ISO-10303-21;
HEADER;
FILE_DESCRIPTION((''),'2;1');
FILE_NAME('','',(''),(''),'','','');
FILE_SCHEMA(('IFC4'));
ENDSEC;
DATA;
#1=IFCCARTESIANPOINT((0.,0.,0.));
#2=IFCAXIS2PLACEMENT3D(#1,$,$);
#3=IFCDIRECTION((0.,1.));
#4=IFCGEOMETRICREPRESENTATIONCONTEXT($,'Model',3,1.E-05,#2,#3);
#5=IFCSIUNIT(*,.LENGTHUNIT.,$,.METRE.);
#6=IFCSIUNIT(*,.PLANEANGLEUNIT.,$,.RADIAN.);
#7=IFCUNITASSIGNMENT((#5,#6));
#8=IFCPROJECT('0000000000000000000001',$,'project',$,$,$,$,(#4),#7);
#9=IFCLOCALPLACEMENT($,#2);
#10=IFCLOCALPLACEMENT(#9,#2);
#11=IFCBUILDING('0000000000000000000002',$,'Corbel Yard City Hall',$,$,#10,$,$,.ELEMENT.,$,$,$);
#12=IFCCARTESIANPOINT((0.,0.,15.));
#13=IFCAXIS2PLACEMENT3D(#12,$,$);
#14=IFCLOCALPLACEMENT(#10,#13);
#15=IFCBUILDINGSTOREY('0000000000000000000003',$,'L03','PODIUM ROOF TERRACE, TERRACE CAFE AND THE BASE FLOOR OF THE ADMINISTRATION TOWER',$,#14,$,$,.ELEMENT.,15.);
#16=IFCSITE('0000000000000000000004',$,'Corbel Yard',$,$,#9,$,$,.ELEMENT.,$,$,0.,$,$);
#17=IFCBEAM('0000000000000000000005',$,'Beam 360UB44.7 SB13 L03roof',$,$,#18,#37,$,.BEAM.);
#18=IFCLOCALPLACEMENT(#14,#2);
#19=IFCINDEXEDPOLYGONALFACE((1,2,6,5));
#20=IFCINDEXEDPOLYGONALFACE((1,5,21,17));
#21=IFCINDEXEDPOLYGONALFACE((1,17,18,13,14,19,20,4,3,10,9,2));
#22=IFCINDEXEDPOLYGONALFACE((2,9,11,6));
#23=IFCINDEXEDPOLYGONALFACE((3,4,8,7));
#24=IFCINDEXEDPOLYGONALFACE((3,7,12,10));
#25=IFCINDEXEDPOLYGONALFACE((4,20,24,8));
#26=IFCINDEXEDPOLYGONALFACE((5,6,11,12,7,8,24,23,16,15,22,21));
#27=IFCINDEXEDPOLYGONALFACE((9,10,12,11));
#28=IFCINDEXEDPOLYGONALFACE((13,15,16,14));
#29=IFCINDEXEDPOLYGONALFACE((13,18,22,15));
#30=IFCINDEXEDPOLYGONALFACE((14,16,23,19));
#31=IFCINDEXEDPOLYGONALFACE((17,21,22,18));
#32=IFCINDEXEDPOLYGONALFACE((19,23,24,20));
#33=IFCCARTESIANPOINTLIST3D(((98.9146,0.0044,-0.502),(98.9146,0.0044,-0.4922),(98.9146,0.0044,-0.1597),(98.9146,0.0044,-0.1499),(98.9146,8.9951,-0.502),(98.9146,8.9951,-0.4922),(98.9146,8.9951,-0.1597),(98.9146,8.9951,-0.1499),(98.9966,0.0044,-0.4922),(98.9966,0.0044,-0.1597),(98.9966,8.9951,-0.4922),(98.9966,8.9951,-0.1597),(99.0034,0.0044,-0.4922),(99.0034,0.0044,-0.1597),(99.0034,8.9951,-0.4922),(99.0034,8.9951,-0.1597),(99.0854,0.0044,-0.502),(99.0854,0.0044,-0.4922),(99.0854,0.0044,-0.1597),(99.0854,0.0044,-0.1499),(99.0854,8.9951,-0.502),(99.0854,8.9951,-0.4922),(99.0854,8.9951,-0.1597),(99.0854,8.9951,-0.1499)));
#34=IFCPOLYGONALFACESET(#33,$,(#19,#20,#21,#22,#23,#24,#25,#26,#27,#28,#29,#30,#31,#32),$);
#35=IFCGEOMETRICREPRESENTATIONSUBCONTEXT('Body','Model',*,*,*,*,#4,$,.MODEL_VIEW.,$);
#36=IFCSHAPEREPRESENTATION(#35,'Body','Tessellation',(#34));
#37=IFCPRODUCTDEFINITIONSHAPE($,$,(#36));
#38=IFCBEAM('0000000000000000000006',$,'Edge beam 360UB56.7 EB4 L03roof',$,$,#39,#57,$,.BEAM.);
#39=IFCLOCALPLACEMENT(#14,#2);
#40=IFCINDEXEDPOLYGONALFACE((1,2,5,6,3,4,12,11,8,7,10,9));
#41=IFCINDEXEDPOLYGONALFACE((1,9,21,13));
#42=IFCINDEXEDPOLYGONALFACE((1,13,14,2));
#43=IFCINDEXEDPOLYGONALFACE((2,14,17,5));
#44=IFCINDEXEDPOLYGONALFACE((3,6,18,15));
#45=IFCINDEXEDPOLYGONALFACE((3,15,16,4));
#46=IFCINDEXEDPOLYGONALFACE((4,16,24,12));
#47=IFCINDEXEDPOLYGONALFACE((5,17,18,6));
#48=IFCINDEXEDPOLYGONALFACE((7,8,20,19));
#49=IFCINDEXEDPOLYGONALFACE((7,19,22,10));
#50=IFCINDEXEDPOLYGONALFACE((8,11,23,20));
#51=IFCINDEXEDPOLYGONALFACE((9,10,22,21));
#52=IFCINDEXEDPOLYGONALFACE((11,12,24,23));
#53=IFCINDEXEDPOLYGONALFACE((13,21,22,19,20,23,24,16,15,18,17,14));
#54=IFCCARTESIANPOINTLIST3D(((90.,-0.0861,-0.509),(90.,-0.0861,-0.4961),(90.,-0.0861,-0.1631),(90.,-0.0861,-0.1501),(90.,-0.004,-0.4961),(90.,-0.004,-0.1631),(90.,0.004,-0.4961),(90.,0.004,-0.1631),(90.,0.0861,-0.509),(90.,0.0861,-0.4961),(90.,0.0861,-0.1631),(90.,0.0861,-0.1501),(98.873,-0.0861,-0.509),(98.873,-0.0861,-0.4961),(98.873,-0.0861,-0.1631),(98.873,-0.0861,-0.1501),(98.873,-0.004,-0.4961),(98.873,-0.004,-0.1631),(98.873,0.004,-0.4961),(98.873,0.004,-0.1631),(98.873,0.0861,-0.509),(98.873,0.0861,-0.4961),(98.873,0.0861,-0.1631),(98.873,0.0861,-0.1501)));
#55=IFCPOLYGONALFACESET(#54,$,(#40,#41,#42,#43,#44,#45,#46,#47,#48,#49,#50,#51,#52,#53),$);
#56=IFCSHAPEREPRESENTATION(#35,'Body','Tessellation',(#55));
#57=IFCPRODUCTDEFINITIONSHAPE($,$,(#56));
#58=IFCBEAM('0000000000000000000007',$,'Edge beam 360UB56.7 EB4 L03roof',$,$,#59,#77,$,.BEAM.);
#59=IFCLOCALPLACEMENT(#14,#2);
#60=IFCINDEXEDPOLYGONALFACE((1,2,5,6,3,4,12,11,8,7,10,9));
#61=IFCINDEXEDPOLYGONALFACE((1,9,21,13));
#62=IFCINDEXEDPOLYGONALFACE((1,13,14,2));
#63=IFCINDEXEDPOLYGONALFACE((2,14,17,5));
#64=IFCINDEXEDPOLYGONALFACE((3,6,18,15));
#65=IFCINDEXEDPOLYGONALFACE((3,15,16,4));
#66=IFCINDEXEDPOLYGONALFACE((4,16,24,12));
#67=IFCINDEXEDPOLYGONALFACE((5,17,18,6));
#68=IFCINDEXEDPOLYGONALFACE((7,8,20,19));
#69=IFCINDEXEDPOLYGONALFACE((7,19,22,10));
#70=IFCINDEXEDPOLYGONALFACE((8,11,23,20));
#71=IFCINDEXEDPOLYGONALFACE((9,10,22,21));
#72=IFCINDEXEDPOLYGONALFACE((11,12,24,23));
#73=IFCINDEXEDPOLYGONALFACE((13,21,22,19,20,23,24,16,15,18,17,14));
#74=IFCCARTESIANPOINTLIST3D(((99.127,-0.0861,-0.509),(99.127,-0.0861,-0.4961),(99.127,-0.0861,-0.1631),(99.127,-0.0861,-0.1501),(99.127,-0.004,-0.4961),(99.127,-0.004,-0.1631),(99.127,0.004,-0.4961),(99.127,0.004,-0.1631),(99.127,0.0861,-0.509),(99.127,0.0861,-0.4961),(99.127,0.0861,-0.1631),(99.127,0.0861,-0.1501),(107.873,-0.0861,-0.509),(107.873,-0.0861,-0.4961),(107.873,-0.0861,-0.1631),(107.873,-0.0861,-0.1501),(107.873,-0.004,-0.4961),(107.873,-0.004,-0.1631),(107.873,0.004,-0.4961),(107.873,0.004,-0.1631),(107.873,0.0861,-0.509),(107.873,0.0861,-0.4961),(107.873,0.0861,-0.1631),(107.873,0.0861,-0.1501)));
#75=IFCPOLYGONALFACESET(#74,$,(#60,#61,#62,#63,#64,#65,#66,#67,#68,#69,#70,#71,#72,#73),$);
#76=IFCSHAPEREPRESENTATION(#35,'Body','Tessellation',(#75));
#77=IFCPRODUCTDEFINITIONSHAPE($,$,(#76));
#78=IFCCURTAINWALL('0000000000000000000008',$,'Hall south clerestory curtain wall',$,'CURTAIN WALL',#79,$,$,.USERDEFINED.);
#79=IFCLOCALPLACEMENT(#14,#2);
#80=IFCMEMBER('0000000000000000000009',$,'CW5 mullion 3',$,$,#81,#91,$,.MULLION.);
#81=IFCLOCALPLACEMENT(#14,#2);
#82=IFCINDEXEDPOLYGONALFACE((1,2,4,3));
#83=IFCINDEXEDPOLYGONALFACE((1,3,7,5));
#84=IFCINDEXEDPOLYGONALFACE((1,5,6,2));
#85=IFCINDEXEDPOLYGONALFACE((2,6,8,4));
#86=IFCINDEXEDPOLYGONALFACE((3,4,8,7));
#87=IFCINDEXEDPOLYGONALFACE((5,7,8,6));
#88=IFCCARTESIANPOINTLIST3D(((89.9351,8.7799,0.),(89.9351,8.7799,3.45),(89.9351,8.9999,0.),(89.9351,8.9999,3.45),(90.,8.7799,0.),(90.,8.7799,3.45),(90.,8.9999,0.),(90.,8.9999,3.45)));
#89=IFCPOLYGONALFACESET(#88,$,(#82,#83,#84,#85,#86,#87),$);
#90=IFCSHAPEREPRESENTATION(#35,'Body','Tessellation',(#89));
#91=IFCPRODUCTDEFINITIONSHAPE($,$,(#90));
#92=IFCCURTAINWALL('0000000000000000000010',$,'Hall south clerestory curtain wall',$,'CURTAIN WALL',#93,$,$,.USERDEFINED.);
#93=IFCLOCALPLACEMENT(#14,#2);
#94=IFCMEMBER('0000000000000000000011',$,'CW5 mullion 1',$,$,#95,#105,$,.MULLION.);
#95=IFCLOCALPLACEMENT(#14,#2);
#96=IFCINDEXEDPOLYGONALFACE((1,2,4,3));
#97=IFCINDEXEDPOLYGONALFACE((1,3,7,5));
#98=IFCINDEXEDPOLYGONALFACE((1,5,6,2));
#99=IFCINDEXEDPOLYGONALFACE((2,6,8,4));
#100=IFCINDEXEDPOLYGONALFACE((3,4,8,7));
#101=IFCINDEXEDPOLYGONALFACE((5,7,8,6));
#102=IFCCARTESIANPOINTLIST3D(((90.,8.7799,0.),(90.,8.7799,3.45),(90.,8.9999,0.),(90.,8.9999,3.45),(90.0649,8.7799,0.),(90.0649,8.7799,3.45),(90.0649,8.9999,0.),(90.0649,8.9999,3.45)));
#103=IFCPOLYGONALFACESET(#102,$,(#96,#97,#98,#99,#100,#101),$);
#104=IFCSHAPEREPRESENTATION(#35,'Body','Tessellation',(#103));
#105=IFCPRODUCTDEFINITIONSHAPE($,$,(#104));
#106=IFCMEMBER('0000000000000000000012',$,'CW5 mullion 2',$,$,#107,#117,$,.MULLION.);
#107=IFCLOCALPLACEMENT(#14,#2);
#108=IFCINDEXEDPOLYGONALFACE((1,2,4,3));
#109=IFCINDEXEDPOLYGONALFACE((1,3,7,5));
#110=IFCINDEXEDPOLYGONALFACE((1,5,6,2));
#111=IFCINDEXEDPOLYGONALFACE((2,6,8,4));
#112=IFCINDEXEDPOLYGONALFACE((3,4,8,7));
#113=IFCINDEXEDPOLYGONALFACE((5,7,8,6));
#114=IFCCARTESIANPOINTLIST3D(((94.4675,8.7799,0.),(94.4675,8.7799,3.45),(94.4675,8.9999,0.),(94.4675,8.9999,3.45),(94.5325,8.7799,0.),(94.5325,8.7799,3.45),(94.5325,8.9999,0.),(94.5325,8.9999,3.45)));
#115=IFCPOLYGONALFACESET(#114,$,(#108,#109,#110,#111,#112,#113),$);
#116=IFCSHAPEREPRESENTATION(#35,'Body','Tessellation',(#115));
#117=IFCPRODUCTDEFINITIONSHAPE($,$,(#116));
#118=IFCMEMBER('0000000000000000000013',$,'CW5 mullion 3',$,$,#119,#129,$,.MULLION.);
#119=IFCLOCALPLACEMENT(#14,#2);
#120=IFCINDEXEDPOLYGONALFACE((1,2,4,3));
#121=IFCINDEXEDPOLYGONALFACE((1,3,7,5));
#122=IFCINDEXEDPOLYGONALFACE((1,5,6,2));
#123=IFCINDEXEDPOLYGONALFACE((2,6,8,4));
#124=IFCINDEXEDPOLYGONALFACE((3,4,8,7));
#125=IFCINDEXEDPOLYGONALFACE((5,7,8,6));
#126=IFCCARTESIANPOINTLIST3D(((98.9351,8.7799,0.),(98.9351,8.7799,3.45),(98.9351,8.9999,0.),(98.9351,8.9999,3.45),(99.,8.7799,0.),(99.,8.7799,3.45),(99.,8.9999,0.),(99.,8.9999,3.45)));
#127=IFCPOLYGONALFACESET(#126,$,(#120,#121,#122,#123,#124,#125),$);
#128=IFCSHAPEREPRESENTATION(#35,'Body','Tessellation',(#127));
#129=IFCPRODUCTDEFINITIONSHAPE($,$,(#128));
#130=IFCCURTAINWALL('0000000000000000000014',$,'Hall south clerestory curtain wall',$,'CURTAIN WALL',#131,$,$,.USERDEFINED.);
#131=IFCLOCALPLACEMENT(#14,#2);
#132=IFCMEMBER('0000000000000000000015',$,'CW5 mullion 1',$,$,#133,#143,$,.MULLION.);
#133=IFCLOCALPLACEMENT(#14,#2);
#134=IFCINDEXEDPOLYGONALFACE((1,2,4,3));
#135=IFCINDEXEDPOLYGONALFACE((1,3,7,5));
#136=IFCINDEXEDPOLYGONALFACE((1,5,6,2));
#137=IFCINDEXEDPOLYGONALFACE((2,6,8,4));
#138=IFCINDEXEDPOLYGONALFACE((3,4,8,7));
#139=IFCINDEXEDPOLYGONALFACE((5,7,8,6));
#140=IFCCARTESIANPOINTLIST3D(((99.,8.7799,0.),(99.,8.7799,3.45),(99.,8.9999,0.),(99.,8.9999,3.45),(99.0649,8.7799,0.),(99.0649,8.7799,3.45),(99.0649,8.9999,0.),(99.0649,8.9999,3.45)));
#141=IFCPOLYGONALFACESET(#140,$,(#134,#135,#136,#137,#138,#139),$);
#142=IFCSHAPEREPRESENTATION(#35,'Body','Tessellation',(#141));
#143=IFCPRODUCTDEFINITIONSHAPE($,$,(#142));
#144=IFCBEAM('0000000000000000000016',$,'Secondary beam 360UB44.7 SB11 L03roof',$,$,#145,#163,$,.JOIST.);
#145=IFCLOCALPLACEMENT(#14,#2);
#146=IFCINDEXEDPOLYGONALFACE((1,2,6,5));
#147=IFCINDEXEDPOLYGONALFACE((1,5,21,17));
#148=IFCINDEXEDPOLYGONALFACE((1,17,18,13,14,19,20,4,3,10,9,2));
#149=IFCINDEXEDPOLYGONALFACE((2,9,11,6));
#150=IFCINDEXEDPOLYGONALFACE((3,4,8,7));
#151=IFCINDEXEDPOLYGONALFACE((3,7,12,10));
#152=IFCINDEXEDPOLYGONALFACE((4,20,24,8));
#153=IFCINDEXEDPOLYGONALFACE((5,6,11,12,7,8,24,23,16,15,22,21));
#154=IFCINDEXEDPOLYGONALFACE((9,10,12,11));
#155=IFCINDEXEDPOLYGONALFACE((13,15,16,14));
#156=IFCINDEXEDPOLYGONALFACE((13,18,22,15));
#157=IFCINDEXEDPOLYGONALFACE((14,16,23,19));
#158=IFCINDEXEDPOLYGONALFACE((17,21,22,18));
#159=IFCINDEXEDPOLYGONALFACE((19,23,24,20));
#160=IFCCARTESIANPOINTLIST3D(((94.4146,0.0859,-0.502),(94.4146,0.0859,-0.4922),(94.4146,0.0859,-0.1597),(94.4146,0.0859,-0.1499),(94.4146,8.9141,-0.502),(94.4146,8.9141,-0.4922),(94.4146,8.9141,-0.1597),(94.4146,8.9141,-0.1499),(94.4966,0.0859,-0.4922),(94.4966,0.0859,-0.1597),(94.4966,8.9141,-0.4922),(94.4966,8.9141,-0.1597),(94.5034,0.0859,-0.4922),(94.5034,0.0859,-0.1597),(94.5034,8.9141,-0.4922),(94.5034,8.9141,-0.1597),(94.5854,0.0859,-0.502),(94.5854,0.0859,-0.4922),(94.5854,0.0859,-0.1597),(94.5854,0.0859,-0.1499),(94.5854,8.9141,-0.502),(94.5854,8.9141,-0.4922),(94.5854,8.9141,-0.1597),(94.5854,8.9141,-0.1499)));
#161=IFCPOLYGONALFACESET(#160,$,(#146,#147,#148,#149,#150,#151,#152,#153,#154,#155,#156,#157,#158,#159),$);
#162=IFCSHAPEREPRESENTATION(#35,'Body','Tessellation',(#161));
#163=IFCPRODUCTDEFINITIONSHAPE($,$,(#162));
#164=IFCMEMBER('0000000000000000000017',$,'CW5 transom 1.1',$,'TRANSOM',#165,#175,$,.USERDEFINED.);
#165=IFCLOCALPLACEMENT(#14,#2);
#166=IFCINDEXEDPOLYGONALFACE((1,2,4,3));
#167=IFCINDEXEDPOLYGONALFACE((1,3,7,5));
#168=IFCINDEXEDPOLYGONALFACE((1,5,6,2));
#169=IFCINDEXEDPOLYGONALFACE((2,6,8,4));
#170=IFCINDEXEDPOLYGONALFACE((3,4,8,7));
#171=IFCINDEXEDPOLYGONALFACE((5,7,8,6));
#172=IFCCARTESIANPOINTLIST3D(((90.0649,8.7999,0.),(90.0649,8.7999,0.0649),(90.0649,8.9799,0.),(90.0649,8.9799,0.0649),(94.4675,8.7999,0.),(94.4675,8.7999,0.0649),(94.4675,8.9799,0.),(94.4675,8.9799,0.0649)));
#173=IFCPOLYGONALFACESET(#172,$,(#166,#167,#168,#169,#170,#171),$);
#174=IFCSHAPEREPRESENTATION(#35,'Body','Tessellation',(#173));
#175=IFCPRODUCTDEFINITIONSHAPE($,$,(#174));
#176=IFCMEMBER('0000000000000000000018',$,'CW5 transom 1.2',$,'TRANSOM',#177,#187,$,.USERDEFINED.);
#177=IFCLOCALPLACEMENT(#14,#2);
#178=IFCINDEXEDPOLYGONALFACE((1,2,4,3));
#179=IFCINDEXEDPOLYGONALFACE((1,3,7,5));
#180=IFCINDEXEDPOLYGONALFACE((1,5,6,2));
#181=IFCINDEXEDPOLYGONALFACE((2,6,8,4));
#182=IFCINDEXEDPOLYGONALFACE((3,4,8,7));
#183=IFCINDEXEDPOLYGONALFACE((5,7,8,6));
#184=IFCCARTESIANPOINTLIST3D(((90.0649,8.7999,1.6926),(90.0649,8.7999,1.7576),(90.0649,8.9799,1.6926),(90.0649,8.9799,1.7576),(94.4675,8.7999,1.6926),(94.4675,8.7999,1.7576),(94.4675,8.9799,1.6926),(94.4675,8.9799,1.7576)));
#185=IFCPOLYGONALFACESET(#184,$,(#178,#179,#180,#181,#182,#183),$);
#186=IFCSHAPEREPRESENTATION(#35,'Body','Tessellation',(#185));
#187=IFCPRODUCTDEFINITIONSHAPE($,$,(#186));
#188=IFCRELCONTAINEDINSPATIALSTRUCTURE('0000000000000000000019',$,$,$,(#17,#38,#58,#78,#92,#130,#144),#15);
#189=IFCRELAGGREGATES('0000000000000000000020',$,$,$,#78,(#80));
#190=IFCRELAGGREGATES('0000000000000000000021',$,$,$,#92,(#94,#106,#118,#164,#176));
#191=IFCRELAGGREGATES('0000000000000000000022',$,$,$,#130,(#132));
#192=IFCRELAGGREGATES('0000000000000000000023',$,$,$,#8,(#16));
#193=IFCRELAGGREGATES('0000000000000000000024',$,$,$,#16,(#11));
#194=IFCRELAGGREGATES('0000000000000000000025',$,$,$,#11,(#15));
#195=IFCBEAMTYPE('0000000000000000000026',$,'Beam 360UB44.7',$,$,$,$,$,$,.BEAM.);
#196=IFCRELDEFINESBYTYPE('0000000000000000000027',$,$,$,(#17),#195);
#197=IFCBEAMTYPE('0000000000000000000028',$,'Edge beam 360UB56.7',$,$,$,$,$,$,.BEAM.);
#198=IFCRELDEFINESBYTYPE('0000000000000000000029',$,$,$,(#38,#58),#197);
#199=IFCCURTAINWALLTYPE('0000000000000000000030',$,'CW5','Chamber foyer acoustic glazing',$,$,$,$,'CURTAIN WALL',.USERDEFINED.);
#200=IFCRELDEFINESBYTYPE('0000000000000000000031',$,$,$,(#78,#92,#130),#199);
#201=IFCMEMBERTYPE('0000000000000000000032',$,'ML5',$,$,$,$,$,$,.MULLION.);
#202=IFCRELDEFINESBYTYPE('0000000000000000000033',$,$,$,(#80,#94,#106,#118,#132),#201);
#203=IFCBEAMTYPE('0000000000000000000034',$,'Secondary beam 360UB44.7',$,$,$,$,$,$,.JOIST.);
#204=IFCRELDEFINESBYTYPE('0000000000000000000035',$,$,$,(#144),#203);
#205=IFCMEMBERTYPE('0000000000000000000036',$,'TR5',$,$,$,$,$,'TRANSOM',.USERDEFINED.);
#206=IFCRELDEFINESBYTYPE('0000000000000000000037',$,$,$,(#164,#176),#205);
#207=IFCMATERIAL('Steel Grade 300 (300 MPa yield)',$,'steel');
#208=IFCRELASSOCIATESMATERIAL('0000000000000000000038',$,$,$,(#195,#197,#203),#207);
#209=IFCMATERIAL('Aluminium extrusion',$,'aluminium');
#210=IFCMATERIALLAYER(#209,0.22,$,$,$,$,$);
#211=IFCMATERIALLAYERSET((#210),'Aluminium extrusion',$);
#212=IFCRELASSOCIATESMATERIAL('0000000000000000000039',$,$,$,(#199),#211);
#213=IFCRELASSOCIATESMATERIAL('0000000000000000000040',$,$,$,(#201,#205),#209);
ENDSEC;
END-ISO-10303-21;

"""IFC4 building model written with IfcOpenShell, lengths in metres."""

from ifc_helpers import new_model, si_unit, direction, frame, origin, origin_2d, place, context, subcontext, project, spatial, rectangle, i_section, extrude, material, layer, layer_set, material_profile, profile_set, type_object, element, aggregate, save


model = new_model("IFC4")

# Units and contexts
model_context = context("Model", 3, precision=1e-05, world=origin(), true_north=direction((0.0, 1.0)))
body_context = subcontext(model_context, "Body", "Model", "MODEL_VIEW")
ifc_project = project(units=[si_unit("LENGTHUNIT", "METRE"), si_unit("PLANEANGLEUNIT", "RADIAN")], contexts=[model_context])

# Site, building, storey
site_placement = place(None, origin())
site = spatial("IfcSite", under=ifc_project, at=site_placement, Name="Corbel Yard", CompositionType="ELEMENT", RefElevation=0.0)
building_placement = place(site_placement, origin())
building = spatial("IfcBuilding", under=site, at=building_placement, Name="Corbel Yard City Hall", CompositionType="ELEMENT")
storey_placement = place(building_placement, frame((0.0, 0.0, 15.0)))
storey = spatial("IfcBuildingStorey", under=building, at=storey_placement, Name="L03", Description="PODIUM ROOF TERRACE, TERRACE CAFE AND THE BASE FLOOR OF THE ADMINISTRATION TOWER", CompositionType="ELEMENT", Elevation=15.0)

# Beams
ifc_material_1 = material(Name="Steel Grade 300 (300 MPa yield)", Category="steel")
ifc_material_profile_1 = material_profile(ifc_material_1, i_section(OverallWidth=0.1709, OverallDepth=0.3521, WebThickness=0.0068, FlangeThickness=0.0098, at=origin_2d()), Name="360UB44.7")
ifc_profile_set_1 = profile_set([ifc_material_profile_1], Name="Steel Grade 300 (300 MPa yield)")
beam_type_1 = type_object("IfcBeamType", Name="Beam 360UB44.7", PredefinedType="BEAM", material=ifc_profile_set_1)
beam_1_placement = place(storey_placement, frame((99.0, 0.0044, -0.3259), z_axis=(0.0, 1.0, 0.0), x_axis=(-1.0, 0.0, 0.0)))
element("IfcBeam", 1, at=beam_1_placement, inside=storey, type_object=beam_type_1, Name="Beam 360UB44.7 SB13 L03roof", PredefinedType="BEAM", context=body_context, shape_type="SweptSolid", body=[
    extrude(i_section(OverallWidth=0.1709, OverallDepth=0.3521, WebThickness=0.0068, FlangeThickness=0.0098, at=origin_2d()), origin(), (0.0, 0.0, 1.0), 8.9907),
])
ifc_material_profile_2 = material_profile(ifc_material_1, i_section(OverallWidth=0.1721, OverallDepth=0.3589, WebThickness=0.0081, FlangeThickness=0.0129, at=origin_2d()), Name="360UB56.7")
ifc_profile_set_2 = profile_set([ifc_material_profile_2], Name="Steel Grade 300 (300 MPa yield)")
beam_type_2 = type_object("IfcBeamType", Name="Edge beam 360UB56.7", PredefinedType="BEAM", material=ifc_profile_set_2)
beam_2_placement = place(storey_placement, frame((90.0, 0.0, -0.3296), z_axis=(1.0, 0.0, 0.0), x_axis=(0.0, 1.0, 0.0)))
element("IfcBeam", 2, at=beam_2_placement, inside=storey, type_object=beam_type_2, Name="Edge beam 360UB56.7 EB4 L03roof", PredefinedType="BEAM", context=body_context, shape_type="SweptSolid", body=[
    extrude(i_section(OverallWidth=0.1721, OverallDepth=0.3589, WebThickness=0.0081, FlangeThickness=0.0129, at=origin_2d()), origin(), (0.0, 0.0, 1.0), 8.873),
])
beam_3_placement = place(storey_placement, frame((99.127, 0.0, -0.3296), z_axis=(1.0, 0.0, 0.0), x_axis=(0.0, 1.0, 0.0)))
element("IfcBeam", 3, at=beam_3_placement, inside=storey, type_object=beam_type_2, Name="Edge beam 360UB56.7 EB4 L03roof", PredefinedType="BEAM", context=body_context, shape_type="SweptSolid", body=[
    extrude(i_section(OverallWidth=0.1721, OverallDepth=0.3589, WebThickness=0.0081, FlangeThickness=0.0129, at=origin_2d()), origin(), (0.0, 0.0, 1.0), 8.7461),
])

# Curtain wall, member
ifc_material_2 = material(Name="Aluminium extrusion", Category="aluminium")
ifc_layer_1 = layer(ifc_material_2, 0.22)
ifc_layer_set_1 = layer_set([ifc_layer_1], Name="Aluminium extrusion")
curtain_wall_type = type_object("IfcCurtainWallType", Name="CW5", Description="Chamber foyer acoustic glazing", ElementType="CURTAIN WALL", PredefinedType="USERDEFINED", material=ifc_layer_set_1)
curtain_wall_1_placement = place(storey_placement, origin())
curtain_wall_1 = element("IfcCurtainWall", 4, at=curtain_wall_1_placement, inside=storey, type_object=curtain_wall_type, Name="Hall south clerestory curtain wall", ObjectType="CURTAIN WALL", PredefinedType="USERDEFINED")
ifc_material_profile_3 = material_profile(ifc_material_2, rectangle(XDim=0.22, YDim=0.0649, at=origin_2d()), Name="220x65")
ifc_profile_set_3 = profile_set([ifc_material_profile_3], Name="Aluminium extrusion")
member_type_1 = type_object("IfcMemberType", Name="ML5", PredefinedType="MULLION", material=ifc_profile_set_3)
member_1_placement = place(storey_placement, frame((89.9675, 8.8899, 0.0), z_axis=(0.0, 0.0, 1.0), x_axis=(0.0, 1.0, 0.0)))
member_1 = element("IfcMember", 5, at=member_1_placement, type_object=member_type_1, Name="CW5 mullion 3", PredefinedType="MULLION", context=body_context, shape_type="SweptSolid", body=[
    extrude(rectangle(XDim=0.22, YDim=0.0649, at=origin_2d()), origin(), (0.0, 0.0, 1.0), 3.45),
])

# Curtain wall, members
curtain_wall_2_placement = place(storey_placement, origin())
curtain_wall_2 = element("IfcCurtainWall", 6, at=curtain_wall_2_placement, inside=storey, type_object=curtain_wall_type, Name="Hall south clerestory curtain wall", ObjectType="CURTAIN WALL", PredefinedType="USERDEFINED")
member_2_placement = place(storey_placement, frame((90.0325, 8.8899, 0.0), z_axis=(0.0, 0.0, 1.0), x_axis=(0.0, 1.0, 0.0)))
member_2 = element("IfcMember", 7, at=member_2_placement, type_object=member_type_1, Name="CW5 mullion 1", PredefinedType="MULLION", context=body_context, shape_type="SweptSolid", body=[
    extrude(rectangle(XDim=0.22, YDim=0.0649, at=origin_2d()), origin(), (0.0, 0.0, 1.0), 3.45),
])
member_3_placement = place(storey_placement, frame((94.5, 8.8899, 0.0), z_axis=(0.0, 0.0, 1.0), x_axis=(0.0, 1.0, 0.0)))
member_3 = element("IfcMember", 8, at=member_3_placement, type_object=member_type_1, Name="CW5 mullion 2", PredefinedType="MULLION", context=body_context, shape_type="SweptSolid", body=[
    extrude(rectangle(XDim=0.22, YDim=0.0649, at=origin_2d()), origin(), (0.0, 0.0, 1.0), 3.45),
])
member_4_placement = place(storey_placement, frame((98.9675, 8.8899, 0.0), z_axis=(0.0, 0.0, 1.0), x_axis=(0.0, 1.0, 0.0)))
member_4 = element("IfcMember", 9, at=member_4_placement, type_object=member_type_1, Name="CW5 mullion 3", PredefinedType="MULLION", context=body_context, shape_type="SweptSolid", body=[
    extrude(rectangle(XDim=0.22, YDim=0.0649, at=origin_2d()), origin(), (0.0, 0.0, 1.0), 3.45),
])

# Curtain wall, member
curtain_wall_3_placement = place(storey_placement, origin())
curtain_wall_3 = element("IfcCurtainWall", 10, at=curtain_wall_3_placement, inside=storey, type_object=curtain_wall_type, Name="Hall south clerestory curtain wall", ObjectType="CURTAIN WALL", PredefinedType="USERDEFINED")
member_5_placement = place(storey_placement, frame((99.0325, 8.8899, 0.0), z_axis=(0.0, 0.0, 1.0), x_axis=(0.0, 1.0, 0.0)))
member_5 = element("IfcMember", 11, at=member_5_placement, type_object=member_type_1, Name="CW5 mullion 1", PredefinedType="MULLION", context=body_context, shape_type="SweptSolid", body=[
    extrude(rectangle(XDim=0.22, YDim=0.0649, at=origin_2d()), origin(), (0.0, 0.0, 1.0), 3.45),
])

# Beam
ifc_material_profile_4 = material_profile(ifc_material_1, i_section(OverallWidth=0.1709, OverallDepth=0.3521, WebThickness=0.0068, FlangeThickness=0.0098, at=origin_2d()), Name="360UB44.7")
ifc_profile_set_4 = profile_set([ifc_material_profile_4], Name="Steel Grade 300 (300 MPa yield)")
beam_type_3 = type_object("IfcBeamType", Name="Secondary beam 360UB44.7", PredefinedType="JOIST", material=ifc_profile_set_4)
beam_4_placement = place(storey_placement, frame((94.5, 0.0859, -0.3259), z_axis=(0.0, 1.0, 0.0), x_axis=(-1.0, 0.0, 0.0)))
element("IfcBeam", 12, at=beam_4_placement, inside=storey, type_object=beam_type_3, Name="Secondary beam 360UB44.7 SB11 L03roof", PredefinedType="JOIST", context=body_context, shape_type="SweptSolid", body=[
    extrude(i_section(OverallWidth=0.1709, OverallDepth=0.3521, WebThickness=0.0068, FlangeThickness=0.0098, at=origin_2d()), origin(), (0.0, 0.0, 1.0), 8.8281),
])

# Members
ifc_material_profile_5 = material_profile(ifc_material_2, rectangle(XDim=0.1799, YDim=0.0649, at=origin_2d()), Name="180x65")
ifc_profile_set_5 = profile_set([ifc_material_profile_5], Name="Aluminium extrusion")
member_type_2 = type_object("IfcMemberType", Name="TR5", ElementType="TRANSOM", PredefinedType="USERDEFINED", material=ifc_profile_set_5)
member_6_placement = place(storey_placement, frame((90.0649, 8.8899, 0.0325), z_axis=(1.0, 0.0, 0.0), x_axis=(0.0, 1.0, 0.0)))
member_6 = element("IfcMember", 13, at=member_6_placement, type_object=member_type_2, Name="CW5 transom 1.1", ObjectType="TRANSOM", PredefinedType="USERDEFINED", context=body_context, shape_type="SweptSolid", body=[
    extrude(rectangle(XDim=0.1799, YDim=0.0649, at=origin_2d()), origin(), (0.0, 0.0, 1.0), 4.4026),
])
member_7_placement = place(storey_placement, frame((90.0649, 8.8899, 1.7251), z_axis=(1.0, 0.0, 0.0), x_axis=(0.0, 1.0, 0.0)))
member_7 = element("IfcMember", 14, at=member_7_placement, type_object=member_type_2, Name="CW5 transom 1.2", ObjectType="TRANSOM", PredefinedType="USERDEFINED", context=body_context, shape_type="SweptSolid", body=[
    extrude(rectangle(XDim=0.1799, YDim=0.0649, at=origin_2d()), origin(), (0.0, 0.0, 1.0), 4.4026),
])

aggregate(curtain_wall_1, [member_1])
aggregate(curtain_wall_2, [member_2, member_3, member_4, member_6, member_7])
aggregate(curtain_wall_3, [member_5])

save(model, "model.ifc")
